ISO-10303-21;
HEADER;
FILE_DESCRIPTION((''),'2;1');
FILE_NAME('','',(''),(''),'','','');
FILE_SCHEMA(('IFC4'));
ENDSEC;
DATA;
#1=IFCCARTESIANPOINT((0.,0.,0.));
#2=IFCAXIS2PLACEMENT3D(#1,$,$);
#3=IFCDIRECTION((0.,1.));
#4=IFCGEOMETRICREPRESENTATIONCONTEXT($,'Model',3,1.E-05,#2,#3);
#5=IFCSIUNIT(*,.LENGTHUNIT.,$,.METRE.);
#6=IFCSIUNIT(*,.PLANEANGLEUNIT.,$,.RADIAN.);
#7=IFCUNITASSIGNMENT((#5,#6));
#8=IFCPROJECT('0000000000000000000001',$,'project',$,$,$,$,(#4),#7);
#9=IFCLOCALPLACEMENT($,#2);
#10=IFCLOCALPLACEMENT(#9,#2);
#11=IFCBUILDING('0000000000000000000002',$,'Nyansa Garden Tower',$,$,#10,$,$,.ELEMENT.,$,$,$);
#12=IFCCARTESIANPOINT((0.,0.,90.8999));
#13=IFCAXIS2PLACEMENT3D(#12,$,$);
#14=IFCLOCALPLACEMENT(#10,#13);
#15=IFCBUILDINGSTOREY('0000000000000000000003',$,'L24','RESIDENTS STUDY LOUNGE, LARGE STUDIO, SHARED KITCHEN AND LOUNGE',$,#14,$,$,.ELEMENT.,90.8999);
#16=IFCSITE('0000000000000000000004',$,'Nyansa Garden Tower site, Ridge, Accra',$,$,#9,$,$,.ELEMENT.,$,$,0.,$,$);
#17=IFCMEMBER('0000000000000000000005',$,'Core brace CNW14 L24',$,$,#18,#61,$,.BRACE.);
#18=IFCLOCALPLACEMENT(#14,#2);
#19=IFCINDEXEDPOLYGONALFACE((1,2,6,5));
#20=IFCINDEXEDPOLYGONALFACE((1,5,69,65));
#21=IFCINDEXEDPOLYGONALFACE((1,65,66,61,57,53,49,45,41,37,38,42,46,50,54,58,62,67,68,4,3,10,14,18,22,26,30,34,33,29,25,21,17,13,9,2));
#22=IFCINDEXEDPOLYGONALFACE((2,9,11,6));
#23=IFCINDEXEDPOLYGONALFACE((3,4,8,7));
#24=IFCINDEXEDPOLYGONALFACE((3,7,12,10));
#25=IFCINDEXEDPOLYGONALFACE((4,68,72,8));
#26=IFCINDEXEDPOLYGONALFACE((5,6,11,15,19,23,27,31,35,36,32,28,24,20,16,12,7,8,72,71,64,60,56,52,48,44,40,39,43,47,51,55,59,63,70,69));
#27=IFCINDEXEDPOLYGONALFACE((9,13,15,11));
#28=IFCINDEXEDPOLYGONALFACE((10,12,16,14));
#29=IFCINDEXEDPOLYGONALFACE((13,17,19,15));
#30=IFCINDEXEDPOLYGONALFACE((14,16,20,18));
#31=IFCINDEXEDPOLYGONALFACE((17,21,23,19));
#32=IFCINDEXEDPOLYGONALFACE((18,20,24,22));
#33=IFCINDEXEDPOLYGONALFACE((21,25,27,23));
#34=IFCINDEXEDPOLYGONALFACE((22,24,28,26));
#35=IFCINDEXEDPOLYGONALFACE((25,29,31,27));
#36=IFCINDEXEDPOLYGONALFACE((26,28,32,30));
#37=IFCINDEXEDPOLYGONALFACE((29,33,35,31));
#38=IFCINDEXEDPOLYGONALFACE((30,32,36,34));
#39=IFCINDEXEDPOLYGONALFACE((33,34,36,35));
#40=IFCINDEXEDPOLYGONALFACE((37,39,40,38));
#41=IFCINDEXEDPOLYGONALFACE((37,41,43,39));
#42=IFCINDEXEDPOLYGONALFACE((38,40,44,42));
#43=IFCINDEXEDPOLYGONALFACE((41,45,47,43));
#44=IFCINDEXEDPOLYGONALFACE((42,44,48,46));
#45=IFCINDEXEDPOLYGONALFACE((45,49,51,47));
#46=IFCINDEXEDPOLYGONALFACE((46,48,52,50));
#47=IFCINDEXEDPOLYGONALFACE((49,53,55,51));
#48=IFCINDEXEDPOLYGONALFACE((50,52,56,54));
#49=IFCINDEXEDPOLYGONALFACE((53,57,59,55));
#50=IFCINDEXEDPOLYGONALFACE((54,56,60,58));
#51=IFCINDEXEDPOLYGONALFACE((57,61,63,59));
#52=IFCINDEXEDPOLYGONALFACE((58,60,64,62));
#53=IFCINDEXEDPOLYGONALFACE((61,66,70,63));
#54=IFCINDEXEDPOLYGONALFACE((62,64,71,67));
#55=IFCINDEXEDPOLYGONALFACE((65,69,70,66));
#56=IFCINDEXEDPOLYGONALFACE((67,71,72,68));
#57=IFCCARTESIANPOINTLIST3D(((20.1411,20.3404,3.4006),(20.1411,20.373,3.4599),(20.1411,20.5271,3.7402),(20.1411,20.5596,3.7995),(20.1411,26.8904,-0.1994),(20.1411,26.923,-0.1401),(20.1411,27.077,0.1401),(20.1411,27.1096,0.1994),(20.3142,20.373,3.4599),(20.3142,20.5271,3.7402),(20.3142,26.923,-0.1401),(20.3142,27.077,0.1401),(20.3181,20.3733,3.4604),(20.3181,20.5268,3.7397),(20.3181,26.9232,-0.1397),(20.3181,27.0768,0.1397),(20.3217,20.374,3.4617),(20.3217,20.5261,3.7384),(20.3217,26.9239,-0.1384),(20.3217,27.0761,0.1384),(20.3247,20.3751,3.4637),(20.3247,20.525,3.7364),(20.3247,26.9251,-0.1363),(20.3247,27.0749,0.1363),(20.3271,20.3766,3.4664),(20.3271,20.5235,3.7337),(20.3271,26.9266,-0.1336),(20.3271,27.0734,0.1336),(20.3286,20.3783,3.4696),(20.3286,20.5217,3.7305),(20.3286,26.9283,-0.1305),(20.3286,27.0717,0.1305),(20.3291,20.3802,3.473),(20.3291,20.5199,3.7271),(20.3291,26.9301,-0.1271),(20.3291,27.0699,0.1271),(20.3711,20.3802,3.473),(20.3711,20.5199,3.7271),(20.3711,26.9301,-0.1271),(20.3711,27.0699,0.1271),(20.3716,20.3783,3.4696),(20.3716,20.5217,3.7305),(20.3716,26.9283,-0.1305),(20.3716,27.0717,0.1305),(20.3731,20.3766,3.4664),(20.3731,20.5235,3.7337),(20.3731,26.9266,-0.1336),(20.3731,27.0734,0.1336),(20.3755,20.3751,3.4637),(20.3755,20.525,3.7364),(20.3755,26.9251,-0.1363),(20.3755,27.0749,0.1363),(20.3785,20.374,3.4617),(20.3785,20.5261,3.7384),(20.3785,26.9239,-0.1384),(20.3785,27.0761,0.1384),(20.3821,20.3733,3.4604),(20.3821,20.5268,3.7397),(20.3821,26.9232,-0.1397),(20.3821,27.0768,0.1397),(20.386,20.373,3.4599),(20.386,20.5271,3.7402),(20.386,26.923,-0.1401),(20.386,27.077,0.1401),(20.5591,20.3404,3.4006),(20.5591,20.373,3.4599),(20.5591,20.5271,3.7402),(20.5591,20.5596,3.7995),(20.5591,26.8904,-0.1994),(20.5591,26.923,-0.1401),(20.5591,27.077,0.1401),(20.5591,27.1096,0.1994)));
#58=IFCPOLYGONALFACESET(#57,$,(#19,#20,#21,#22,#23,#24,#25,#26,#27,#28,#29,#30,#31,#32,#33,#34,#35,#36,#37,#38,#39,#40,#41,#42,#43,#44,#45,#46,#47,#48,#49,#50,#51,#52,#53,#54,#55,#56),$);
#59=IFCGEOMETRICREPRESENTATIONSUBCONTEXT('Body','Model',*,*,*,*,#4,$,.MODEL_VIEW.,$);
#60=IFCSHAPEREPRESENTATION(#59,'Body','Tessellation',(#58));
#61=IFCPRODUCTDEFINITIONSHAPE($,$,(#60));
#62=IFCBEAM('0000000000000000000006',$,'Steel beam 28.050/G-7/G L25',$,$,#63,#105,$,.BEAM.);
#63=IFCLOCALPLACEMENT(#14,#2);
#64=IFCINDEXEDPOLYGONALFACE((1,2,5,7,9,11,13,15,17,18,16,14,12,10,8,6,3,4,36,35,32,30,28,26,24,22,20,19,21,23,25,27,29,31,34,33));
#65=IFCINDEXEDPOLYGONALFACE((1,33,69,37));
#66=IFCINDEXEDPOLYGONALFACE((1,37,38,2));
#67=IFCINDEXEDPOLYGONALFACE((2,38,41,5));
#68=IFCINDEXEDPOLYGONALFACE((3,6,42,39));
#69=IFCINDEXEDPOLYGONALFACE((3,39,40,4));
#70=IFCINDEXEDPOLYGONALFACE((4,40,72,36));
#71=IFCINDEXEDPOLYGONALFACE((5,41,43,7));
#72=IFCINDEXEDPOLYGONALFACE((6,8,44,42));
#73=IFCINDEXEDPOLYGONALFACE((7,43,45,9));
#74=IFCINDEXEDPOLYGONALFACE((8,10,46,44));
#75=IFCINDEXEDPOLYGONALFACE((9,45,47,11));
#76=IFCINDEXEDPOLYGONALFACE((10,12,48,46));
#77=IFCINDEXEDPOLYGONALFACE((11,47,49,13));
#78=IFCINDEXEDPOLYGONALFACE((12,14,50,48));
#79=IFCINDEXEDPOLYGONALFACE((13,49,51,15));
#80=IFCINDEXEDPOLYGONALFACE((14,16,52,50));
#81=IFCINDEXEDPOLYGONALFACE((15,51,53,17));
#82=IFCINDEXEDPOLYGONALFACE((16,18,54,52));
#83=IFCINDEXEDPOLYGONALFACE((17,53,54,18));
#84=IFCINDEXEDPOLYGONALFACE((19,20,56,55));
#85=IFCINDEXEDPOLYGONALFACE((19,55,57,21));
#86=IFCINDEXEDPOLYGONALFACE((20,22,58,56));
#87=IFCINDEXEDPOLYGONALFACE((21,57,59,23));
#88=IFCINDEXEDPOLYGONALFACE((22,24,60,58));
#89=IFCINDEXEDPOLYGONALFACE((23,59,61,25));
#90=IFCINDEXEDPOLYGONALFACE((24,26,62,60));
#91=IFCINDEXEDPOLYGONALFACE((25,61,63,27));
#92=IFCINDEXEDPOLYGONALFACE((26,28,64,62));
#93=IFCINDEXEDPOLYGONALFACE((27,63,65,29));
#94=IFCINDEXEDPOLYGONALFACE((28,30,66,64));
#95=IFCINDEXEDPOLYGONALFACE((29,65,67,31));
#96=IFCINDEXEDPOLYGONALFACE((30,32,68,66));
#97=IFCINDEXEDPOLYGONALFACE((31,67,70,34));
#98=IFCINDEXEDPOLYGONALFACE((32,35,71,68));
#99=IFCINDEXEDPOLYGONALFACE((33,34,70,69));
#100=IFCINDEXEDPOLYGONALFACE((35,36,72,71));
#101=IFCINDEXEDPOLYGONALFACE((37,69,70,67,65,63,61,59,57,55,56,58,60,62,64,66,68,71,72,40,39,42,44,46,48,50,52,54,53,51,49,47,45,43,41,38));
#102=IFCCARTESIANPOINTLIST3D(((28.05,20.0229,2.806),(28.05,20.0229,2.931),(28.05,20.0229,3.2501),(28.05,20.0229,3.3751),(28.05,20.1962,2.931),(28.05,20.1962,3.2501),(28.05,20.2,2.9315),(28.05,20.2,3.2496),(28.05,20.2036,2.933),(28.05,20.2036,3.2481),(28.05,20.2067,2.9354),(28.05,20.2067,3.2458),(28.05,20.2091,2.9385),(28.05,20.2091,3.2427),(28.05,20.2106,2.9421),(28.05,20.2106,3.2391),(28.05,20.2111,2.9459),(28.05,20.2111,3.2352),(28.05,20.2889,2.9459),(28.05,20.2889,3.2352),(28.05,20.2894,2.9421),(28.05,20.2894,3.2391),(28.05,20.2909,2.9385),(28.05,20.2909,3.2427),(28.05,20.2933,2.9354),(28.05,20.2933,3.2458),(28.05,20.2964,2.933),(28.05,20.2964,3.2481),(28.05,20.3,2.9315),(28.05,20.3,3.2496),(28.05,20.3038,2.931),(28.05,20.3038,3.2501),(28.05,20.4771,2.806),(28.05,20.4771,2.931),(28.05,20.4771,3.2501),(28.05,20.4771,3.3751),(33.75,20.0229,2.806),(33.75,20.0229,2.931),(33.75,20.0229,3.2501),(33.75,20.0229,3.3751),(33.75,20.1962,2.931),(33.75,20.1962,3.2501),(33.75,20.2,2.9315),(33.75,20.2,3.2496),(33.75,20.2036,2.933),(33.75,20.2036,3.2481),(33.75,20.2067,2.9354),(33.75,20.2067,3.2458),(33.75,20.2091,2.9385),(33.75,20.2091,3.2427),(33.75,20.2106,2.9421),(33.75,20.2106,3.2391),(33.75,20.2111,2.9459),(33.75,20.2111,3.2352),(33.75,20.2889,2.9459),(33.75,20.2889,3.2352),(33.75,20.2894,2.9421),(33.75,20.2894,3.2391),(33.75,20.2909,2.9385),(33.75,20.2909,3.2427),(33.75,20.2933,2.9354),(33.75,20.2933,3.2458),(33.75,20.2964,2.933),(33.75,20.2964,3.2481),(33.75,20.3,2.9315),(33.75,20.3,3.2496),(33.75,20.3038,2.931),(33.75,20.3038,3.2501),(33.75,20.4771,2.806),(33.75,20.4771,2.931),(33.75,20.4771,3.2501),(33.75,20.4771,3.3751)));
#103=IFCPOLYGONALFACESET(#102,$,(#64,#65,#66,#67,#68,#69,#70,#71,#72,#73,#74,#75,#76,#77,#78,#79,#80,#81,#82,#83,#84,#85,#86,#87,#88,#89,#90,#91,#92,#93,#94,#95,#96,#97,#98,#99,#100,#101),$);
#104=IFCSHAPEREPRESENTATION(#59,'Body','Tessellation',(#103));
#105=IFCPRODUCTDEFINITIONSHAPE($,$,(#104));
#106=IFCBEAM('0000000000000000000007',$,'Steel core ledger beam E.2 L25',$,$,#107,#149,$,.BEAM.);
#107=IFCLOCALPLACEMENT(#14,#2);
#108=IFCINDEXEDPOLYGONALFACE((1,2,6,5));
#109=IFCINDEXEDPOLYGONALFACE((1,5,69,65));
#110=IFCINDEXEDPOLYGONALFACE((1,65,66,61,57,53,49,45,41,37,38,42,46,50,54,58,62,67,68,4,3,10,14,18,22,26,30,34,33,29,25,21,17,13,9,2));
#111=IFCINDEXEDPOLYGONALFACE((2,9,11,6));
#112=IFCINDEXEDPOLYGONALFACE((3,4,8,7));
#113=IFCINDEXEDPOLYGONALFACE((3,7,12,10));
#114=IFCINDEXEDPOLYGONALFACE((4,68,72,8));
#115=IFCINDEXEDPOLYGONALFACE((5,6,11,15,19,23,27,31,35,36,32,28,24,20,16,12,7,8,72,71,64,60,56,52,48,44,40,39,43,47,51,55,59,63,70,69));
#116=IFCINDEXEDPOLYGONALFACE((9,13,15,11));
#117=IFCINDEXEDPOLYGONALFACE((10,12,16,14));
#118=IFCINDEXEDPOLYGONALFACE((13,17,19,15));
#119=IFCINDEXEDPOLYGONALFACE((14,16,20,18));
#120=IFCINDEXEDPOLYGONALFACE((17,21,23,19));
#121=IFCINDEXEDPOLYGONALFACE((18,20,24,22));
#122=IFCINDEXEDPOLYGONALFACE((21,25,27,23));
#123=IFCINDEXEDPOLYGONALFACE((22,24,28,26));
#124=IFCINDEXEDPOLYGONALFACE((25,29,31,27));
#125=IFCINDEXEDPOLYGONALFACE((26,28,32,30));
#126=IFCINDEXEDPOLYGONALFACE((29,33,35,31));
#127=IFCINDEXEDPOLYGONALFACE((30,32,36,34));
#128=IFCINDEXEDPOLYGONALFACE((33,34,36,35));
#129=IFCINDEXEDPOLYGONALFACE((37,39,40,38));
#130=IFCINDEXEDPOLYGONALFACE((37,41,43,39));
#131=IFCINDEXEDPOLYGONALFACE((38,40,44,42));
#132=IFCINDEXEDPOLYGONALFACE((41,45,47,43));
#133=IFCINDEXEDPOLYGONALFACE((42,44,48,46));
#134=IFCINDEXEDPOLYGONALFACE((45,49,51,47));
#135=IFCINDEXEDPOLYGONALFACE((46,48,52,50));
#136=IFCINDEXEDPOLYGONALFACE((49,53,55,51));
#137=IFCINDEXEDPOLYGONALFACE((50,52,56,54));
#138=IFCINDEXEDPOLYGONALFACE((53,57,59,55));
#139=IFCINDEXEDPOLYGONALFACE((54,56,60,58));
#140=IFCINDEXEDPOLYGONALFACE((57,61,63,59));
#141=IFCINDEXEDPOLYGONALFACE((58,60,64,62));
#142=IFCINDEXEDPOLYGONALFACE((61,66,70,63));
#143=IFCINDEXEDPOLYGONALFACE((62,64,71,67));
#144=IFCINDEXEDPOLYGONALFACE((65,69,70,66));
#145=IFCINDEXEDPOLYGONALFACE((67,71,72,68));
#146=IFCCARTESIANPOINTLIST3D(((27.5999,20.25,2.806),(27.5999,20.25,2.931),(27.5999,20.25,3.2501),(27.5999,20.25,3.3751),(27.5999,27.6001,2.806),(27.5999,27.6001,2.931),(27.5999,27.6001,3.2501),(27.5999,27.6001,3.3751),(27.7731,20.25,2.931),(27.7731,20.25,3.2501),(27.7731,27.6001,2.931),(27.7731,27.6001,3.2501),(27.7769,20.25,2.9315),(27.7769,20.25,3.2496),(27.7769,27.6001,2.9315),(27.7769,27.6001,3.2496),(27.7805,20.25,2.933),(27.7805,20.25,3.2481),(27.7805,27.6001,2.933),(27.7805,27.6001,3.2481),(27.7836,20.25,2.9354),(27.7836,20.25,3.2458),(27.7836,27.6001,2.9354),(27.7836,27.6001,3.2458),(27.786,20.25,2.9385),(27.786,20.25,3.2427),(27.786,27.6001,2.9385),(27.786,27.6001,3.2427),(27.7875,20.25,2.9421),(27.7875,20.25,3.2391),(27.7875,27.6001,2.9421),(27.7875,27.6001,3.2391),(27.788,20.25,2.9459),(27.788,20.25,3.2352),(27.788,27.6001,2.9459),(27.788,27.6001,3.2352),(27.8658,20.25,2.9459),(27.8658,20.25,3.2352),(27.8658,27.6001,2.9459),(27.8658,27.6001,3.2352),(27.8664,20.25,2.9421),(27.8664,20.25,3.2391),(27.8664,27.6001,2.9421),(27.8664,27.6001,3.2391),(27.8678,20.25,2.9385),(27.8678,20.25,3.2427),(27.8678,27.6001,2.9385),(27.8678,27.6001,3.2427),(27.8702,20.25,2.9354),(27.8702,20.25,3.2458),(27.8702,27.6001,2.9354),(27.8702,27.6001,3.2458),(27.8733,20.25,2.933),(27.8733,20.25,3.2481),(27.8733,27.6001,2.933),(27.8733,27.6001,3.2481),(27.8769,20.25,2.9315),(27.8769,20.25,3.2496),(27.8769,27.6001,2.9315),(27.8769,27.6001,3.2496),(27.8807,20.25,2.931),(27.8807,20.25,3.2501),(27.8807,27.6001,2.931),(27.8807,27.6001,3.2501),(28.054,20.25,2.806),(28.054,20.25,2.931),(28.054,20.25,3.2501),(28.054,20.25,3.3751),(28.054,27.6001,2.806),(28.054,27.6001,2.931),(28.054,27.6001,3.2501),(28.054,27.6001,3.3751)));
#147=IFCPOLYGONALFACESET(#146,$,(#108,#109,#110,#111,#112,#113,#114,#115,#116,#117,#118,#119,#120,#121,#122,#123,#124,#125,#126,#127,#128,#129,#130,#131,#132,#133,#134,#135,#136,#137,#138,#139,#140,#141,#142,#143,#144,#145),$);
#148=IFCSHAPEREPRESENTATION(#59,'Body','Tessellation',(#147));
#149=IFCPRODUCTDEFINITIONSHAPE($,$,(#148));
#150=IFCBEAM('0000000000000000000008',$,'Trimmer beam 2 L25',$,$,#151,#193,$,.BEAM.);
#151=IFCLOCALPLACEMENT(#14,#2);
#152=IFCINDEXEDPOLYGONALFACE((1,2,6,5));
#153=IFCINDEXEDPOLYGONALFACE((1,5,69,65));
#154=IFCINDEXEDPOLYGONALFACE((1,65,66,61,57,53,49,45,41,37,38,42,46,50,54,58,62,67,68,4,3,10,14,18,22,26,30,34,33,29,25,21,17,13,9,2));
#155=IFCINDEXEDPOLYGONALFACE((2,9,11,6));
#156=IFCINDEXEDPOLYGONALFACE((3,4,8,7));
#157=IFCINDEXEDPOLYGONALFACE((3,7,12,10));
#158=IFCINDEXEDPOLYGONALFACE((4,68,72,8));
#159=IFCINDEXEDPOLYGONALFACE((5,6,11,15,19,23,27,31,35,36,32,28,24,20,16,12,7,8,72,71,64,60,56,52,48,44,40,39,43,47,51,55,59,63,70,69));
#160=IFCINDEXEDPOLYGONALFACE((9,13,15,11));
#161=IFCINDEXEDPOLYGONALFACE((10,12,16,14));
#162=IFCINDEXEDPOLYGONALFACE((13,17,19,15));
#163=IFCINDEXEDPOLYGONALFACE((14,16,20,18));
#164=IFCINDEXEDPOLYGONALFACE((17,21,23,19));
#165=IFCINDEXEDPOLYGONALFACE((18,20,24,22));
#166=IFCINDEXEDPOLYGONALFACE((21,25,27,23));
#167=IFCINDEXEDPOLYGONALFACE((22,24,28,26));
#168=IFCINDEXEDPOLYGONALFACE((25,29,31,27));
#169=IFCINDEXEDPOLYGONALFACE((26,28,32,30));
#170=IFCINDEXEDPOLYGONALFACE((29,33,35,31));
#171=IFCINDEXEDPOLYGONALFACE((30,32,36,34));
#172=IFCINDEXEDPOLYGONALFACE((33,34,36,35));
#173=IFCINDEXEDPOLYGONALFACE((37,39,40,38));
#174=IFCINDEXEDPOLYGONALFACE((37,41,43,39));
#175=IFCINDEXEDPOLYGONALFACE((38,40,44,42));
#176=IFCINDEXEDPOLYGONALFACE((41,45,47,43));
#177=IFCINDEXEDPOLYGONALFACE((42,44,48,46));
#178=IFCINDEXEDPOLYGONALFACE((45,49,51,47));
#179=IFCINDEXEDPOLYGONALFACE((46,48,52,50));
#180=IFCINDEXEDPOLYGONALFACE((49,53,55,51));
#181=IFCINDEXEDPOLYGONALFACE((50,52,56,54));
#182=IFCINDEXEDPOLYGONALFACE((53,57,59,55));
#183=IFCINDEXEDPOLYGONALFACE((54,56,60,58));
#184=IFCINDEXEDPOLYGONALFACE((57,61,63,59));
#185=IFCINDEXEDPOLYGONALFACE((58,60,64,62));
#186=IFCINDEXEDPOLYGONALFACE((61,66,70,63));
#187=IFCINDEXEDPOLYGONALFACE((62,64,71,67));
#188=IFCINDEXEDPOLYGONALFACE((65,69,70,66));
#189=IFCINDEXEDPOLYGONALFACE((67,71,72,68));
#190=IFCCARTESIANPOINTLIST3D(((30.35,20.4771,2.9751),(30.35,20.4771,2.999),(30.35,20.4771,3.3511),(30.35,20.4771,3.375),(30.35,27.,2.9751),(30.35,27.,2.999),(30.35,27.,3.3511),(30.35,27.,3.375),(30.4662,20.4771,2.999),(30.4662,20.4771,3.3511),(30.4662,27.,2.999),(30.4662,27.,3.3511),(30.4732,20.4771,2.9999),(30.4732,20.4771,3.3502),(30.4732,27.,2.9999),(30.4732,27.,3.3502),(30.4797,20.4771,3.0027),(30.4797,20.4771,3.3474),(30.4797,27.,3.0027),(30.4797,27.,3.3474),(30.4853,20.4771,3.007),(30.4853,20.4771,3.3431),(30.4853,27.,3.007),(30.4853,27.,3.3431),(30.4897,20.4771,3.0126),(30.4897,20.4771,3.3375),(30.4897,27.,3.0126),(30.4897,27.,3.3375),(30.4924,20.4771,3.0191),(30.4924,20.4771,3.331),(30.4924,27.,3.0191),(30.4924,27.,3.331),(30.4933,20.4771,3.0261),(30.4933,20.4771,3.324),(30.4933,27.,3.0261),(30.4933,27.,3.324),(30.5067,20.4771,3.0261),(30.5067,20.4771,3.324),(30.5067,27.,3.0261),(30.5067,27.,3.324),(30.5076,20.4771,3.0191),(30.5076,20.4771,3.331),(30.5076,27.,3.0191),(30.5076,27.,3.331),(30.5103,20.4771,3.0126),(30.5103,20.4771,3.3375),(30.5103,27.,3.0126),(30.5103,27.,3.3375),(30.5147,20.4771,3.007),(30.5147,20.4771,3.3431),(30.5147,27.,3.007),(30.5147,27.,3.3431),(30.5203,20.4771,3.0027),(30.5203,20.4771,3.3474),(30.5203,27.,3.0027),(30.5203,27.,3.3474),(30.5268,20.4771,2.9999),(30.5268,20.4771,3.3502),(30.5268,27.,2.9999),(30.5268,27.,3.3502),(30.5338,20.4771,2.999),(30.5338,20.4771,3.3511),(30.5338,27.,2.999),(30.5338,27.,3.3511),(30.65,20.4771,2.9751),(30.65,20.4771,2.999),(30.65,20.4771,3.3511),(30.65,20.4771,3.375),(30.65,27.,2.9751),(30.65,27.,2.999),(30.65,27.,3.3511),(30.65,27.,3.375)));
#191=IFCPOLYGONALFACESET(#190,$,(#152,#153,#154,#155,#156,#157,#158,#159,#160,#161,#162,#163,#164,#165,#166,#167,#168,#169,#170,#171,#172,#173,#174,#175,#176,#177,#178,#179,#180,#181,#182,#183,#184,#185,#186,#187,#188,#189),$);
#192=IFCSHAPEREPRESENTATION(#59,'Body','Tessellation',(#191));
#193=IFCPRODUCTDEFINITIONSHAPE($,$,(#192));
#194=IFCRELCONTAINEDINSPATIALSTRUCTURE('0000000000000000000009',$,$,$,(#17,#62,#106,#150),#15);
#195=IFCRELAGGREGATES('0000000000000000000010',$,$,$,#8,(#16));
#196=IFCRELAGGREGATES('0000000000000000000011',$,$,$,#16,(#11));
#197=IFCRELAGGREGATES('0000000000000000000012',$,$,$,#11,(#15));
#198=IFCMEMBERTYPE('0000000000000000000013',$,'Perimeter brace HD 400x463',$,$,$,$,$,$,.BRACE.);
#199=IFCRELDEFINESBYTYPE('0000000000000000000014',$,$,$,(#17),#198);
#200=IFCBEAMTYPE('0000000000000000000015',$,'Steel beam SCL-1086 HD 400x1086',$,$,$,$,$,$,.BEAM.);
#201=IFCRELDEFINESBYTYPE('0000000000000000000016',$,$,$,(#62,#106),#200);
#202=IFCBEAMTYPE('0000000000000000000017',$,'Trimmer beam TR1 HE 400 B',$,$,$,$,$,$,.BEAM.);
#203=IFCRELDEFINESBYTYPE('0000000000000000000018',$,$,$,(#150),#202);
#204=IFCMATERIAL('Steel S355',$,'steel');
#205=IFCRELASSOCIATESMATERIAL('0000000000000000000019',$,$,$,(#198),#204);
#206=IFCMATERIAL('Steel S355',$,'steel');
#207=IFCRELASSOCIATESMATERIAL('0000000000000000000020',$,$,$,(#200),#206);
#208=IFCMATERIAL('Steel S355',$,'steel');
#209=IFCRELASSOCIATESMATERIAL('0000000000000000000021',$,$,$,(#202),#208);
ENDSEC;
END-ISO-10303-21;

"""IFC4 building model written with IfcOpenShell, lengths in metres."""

from ifc_helpers import new_model, si_unit, direction, frame, origin, origin_2d, place, context, subcontext, project, spatial, i_section, extrude, material, material_profile, profile_set, type_object, element, save


model = new_model("IFC4")

# Units and contexts
model_context = context("Model", 3, precision=1e-05, world=origin(), true_north=direction((0.0, 1.0)))
body_context = subcontext(model_context, "Body", "Model", "MODEL_VIEW")
ifc_project = project(units=[si_unit("LENGTHUNIT", "METRE"), si_unit("PLANEANGLEUNIT", "RADIAN")], contexts=[model_context])

# Site, building, storey
site_placement = place(None, origin())
site = spatial("IfcSite", under=ifc_project, at=site_placement, Name="Nyansa Garden Tower site, Ridge, Accra", CompositionType="ELEMENT", RefElevation=0.0)
building_placement = place(site_placement, origin())
building = spatial("IfcBuilding", under=site, at=building_placement, Name="Nyansa Garden Tower", CompositionType="ELEMENT")
storey_placement = place(building_placement, frame((0.0, 0.0, 90.8999)))
storey = spatial("IfcBuildingStorey", under=building, at=storey_placement, Name="L24", Description="RESIDENTS STUDY LOUNGE, LARGE STUDIO, SHARED KITCHEN AND LOUNGE", CompositionType="ELEMENT", Elevation=90.8999)

# Member
ifc_material_1 = material(Name="Steel S355", Category="steel")
ifc_material_profile_1 = material_profile(ifc_material_1, i_section(OverallWidth=0.418, OverallDepth=0.4551, WebThickness=0.042, FlangeThickness=0.0676, FilletRadius=0.0149, at=origin_2d()), Name="HD 400x463")
ifc_profile_set_1 = profile_set([ifc_material_profile_1], Name="Steel S355")
member_type = type_object("IfcMemberType", Name="Perimeter brace HD 400x463", PredefinedType="BRACE", material=ifc_profile_set_1)
member_1_placement = place(storey_placement, frame((20.3501, 27.0, 0.0), z_axis=(0.0, -0.876353, 0.481669), x_axis=(1.0, 0.0, 0.0)))
element("IfcMember", 1, at=member_1_placement, inside=storey, type_object=member_type, Name="Core brace CNW14 L24", PredefinedType="BRACE", context=body_context, shape_type="SweptSolid", body=[
    extrude(i_section(OverallWidth=0.418, OverallDepth=0.4551, WebThickness=0.042, FlangeThickness=0.0676, FilletRadius=0.0149, at=origin_2d()), origin(), (0.0, 0.0, 1.0), 7.4741),
])

# Beams
ifc_material_2 = material(Name="Steel S355", Category="steel")
ifc_material_profile_2 = material_profile(ifc_material_2, i_section(OverallWidth=0.4541, OverallDepth=0.5691, WebThickness=0.0779, FlangeThickness=0.125, FilletRadius=0.0149, at=origin_2d()), Name="HD 400x1086")
ifc_profile_set_2 = profile_set([ifc_material_profile_2], Name="Steel S355")
beam_type_1 = type_object("IfcBeamType", Name="Steel beam SCL-1086 HD 400x1086", PredefinedType="BEAM", material=ifc_profile_set_2)
beam_1_placement = place(storey_placement, frame((28.05, 20.25, 3.0906), z_axis=(1.0, 0.0, 0.0), x_axis=(0.0, 1.0, 0.0)))
element("IfcBeam", 2, at=beam_1_placement, inside=storey, type_object=beam_type_1, Name="Steel beam 28.050/G-7/G L25", PredefinedType="BEAM", context=body_context, shape_type="SweptSolid", body=[
    extrude(i_section(OverallWidth=0.4541, OverallDepth=0.5691, WebThickness=0.0779, FlangeThickness=0.125, FilletRadius=0.0149, at=origin_2d()), origin(), (0.0, 0.0, 1.0), 5.7),
])
beam_2_placement = place(storey_placement, frame((27.8269, 20.25, 3.0906), z_axis=(0.0, 1.0, 0.0), x_axis=(-1.0, 0.0, 0.0)))
element("IfcBeam", 3, at=beam_2_placement, inside=storey, type_object=beam_type_1, Name="Steel core ledger beam E.2 L25", PredefinedType="BEAM", context=body_context, shape_type="SweptSolid", body=[
    extrude(i_section(OverallWidth=0.4541, OverallDepth=0.5691, WebThickness=0.0779, FlangeThickness=0.125, FilletRadius=0.0149, at=origin_2d()), origin(), (0.0, 0.0, 1.0), 7.3501),
])
ifc_material_3 = material(Name="Steel S355", Category="steel")
ifc_material_profile_3 = material_profile(ifc_material_3, i_section(OverallWidth=0.3, OverallDepth=0.3999, WebThickness=0.0134, FlangeThickness=0.0239, FilletRadius=0.0271, at=origin_2d()), Name="HE 400 B")
ifc_profile_set_3 = profile_set([ifc_material_profile_3], Name="Steel S355")
beam_type_2 = type_object("IfcBeamType", Name="Trimmer beam TR1 HE 400 B", PredefinedType="BEAM", material=ifc_profile_set_3)
beam_3_placement = place(storey_placement, frame((30.5, 20.4771, 3.175), z_axis=(0.0, 1.0, 0.0), x_axis=(-1.0, 0.0, 0.0)))
element("IfcBeam", 4, at=beam_3_placement, inside=storey, type_object=beam_type_2, Name="Trimmer beam 2 L25", PredefinedType="BEAM", context=body_context, shape_type="SweptSolid", body=[
    extrude(i_section(OverallWidth=0.3, OverallDepth=0.3999, WebThickness=0.0134, FlangeThickness=0.0239, FilletRadius=0.0271, at=origin_2d()), origin(), (0.0, 0.0, 1.0), 6.5229),
])

save(model, "model.ifc")
